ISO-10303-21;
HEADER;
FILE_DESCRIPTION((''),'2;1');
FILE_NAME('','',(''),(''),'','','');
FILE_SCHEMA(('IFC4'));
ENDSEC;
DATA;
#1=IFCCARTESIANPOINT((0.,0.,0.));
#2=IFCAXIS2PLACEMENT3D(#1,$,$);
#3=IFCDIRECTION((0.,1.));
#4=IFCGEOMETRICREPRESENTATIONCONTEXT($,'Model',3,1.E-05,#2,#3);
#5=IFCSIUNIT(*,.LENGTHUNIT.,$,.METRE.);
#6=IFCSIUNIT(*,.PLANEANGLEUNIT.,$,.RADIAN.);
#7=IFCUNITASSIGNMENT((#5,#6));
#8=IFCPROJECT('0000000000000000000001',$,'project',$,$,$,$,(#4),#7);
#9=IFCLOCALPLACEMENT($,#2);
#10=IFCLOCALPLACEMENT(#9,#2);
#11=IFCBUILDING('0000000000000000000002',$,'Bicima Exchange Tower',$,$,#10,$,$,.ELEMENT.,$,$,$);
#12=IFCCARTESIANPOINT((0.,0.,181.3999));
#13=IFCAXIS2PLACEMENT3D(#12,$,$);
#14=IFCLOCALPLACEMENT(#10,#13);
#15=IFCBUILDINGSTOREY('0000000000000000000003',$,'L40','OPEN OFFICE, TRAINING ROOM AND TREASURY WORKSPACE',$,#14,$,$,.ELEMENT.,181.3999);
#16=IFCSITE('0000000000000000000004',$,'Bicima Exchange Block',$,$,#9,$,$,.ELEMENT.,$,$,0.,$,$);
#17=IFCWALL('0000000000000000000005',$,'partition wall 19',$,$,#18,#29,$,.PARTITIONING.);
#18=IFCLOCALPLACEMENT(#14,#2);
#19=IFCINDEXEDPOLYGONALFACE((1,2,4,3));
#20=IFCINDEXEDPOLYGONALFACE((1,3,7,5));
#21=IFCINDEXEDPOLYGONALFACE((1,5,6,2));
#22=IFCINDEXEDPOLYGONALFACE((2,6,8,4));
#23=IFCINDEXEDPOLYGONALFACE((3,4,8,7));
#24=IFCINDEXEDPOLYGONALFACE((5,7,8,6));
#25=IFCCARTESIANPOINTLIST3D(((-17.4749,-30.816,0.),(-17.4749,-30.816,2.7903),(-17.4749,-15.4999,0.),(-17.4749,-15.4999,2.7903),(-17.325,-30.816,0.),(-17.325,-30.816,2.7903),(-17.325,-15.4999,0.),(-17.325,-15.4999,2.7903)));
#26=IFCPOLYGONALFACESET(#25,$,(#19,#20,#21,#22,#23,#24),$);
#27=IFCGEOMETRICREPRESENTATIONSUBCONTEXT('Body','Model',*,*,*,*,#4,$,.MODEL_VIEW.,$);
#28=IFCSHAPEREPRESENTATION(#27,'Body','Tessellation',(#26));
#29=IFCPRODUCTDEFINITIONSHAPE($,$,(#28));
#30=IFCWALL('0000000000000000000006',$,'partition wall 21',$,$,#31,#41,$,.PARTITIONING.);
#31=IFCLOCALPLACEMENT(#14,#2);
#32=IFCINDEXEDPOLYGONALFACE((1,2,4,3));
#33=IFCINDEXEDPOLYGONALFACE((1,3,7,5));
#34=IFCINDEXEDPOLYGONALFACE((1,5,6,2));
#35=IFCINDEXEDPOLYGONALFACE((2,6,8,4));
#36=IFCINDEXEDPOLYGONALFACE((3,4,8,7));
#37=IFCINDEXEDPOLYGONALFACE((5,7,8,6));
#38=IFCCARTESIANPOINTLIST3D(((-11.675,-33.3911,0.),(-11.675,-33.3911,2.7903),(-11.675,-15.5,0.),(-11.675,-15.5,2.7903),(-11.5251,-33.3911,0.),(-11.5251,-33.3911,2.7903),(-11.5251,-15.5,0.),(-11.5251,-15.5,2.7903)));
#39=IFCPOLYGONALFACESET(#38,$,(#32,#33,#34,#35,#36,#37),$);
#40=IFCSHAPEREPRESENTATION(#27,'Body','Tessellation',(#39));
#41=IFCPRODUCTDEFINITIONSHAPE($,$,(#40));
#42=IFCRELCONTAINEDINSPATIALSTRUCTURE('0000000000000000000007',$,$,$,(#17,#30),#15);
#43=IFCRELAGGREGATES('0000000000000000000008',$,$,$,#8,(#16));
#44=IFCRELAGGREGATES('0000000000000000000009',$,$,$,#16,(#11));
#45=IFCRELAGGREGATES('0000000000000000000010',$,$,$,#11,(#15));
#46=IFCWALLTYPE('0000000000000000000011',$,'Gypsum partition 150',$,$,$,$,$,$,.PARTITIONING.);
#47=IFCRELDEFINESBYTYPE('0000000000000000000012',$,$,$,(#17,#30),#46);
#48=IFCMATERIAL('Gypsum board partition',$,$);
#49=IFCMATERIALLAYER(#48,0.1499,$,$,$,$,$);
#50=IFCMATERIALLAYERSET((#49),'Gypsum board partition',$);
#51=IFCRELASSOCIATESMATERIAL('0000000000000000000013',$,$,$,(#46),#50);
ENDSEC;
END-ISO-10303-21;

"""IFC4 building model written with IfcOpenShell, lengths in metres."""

from ifc_helpers import new_model, si_unit, direction, frame, frame_2d, origin, place, context, subcontext, project, spatial, rectangle, extrude, material, layer, layer_set, type_object, element, save


model = new_model("IFC4")

# Units and contexts
model_context = context("Model", 3, precision=1e-05, world=origin(), true_north=direction((0.0, 1.0)))
body_context = subcontext(model_context, "Body", "Model", "MODEL_VIEW")
ifc_project = project(units=[si_unit("LENGTHUNIT", "METRE"), si_unit("PLANEANGLEUNIT", "RADIAN")], contexts=[model_context])

# Site, building, storey
site_placement = place(None, origin())
site = spatial("IfcSite", under=ifc_project, at=site_placement, Name="Bicima Exchange Block", CompositionType="ELEMENT", RefElevation=0.0)
building_placement = place(site_placement, origin())
building = spatial("IfcBuilding", under=site, at=building_placement, Name="Bicima Exchange Tower", CompositionType="ELEMENT")
storey_placement = place(building_placement, frame((0.0, 0.0, 181.3999)))
storey = spatial("IfcBuildingStorey", under=building, at=storey_placement, Name="L40", Description="OPEN OFFICE, TRAINING ROOM AND TREASURY WORKSPACE", CompositionType="ELEMENT", Elevation=181.3999)

# Shared definitions
ifc_material_1 = material(Name="Gypsum board partition")
ifc_layer_1 = layer(ifc_material_1, 0.1499)
ifc_layer_set_1 = layer_set([ifc_layer_1], Name="Gypsum board partition")
wall_type = type_object("IfcWallType", Name="Gypsum partition 150", PredefinedType="PARTITIONING", material=ifc_layer_set_1)

# Walls
wall_1_placement = place(storey_placement, frame((-17.3999, -30.8162, 0.0), z_axis=(0.0, 0.0, 1.0), x_axis=(0.0, 1.0, 0.0)))
element("IfcWall", 1, at=wall_1_placement, inside=storey, type_object=wall_type, Name="partition wall 19", PredefinedType="PARTITIONING", context=body_context, shape_type="SweptSolid", body=[
    extrude(rectangle(XDim=15.3162, YDim=0.1499, at=frame_2d((7.6582, 0.0))), origin(), (0.0, 0.0, 1.0), 2.7903),
])
wall_2_placement = place(storey_placement, frame((-11.6001, -33.3911, 0.0), z_axis=(0.0, 0.0, 1.0), x_axis=(0.0, 1.0, 0.0)))
element("IfcWall", 2, at=wall_2_placement, inside=storey, type_object=wall_type, Name="partition wall 21", PredefinedType="PARTITIONING", context=body_context, shape_type="SweptSolid", body=[
    extrude(rectangle(XDim=17.8911, YDim=0.1499, at=frame_2d((8.9456, 0.0))), origin(), (0.0, 0.0, 1.0), 2.7903),
])

save(model, "model.ifc")
